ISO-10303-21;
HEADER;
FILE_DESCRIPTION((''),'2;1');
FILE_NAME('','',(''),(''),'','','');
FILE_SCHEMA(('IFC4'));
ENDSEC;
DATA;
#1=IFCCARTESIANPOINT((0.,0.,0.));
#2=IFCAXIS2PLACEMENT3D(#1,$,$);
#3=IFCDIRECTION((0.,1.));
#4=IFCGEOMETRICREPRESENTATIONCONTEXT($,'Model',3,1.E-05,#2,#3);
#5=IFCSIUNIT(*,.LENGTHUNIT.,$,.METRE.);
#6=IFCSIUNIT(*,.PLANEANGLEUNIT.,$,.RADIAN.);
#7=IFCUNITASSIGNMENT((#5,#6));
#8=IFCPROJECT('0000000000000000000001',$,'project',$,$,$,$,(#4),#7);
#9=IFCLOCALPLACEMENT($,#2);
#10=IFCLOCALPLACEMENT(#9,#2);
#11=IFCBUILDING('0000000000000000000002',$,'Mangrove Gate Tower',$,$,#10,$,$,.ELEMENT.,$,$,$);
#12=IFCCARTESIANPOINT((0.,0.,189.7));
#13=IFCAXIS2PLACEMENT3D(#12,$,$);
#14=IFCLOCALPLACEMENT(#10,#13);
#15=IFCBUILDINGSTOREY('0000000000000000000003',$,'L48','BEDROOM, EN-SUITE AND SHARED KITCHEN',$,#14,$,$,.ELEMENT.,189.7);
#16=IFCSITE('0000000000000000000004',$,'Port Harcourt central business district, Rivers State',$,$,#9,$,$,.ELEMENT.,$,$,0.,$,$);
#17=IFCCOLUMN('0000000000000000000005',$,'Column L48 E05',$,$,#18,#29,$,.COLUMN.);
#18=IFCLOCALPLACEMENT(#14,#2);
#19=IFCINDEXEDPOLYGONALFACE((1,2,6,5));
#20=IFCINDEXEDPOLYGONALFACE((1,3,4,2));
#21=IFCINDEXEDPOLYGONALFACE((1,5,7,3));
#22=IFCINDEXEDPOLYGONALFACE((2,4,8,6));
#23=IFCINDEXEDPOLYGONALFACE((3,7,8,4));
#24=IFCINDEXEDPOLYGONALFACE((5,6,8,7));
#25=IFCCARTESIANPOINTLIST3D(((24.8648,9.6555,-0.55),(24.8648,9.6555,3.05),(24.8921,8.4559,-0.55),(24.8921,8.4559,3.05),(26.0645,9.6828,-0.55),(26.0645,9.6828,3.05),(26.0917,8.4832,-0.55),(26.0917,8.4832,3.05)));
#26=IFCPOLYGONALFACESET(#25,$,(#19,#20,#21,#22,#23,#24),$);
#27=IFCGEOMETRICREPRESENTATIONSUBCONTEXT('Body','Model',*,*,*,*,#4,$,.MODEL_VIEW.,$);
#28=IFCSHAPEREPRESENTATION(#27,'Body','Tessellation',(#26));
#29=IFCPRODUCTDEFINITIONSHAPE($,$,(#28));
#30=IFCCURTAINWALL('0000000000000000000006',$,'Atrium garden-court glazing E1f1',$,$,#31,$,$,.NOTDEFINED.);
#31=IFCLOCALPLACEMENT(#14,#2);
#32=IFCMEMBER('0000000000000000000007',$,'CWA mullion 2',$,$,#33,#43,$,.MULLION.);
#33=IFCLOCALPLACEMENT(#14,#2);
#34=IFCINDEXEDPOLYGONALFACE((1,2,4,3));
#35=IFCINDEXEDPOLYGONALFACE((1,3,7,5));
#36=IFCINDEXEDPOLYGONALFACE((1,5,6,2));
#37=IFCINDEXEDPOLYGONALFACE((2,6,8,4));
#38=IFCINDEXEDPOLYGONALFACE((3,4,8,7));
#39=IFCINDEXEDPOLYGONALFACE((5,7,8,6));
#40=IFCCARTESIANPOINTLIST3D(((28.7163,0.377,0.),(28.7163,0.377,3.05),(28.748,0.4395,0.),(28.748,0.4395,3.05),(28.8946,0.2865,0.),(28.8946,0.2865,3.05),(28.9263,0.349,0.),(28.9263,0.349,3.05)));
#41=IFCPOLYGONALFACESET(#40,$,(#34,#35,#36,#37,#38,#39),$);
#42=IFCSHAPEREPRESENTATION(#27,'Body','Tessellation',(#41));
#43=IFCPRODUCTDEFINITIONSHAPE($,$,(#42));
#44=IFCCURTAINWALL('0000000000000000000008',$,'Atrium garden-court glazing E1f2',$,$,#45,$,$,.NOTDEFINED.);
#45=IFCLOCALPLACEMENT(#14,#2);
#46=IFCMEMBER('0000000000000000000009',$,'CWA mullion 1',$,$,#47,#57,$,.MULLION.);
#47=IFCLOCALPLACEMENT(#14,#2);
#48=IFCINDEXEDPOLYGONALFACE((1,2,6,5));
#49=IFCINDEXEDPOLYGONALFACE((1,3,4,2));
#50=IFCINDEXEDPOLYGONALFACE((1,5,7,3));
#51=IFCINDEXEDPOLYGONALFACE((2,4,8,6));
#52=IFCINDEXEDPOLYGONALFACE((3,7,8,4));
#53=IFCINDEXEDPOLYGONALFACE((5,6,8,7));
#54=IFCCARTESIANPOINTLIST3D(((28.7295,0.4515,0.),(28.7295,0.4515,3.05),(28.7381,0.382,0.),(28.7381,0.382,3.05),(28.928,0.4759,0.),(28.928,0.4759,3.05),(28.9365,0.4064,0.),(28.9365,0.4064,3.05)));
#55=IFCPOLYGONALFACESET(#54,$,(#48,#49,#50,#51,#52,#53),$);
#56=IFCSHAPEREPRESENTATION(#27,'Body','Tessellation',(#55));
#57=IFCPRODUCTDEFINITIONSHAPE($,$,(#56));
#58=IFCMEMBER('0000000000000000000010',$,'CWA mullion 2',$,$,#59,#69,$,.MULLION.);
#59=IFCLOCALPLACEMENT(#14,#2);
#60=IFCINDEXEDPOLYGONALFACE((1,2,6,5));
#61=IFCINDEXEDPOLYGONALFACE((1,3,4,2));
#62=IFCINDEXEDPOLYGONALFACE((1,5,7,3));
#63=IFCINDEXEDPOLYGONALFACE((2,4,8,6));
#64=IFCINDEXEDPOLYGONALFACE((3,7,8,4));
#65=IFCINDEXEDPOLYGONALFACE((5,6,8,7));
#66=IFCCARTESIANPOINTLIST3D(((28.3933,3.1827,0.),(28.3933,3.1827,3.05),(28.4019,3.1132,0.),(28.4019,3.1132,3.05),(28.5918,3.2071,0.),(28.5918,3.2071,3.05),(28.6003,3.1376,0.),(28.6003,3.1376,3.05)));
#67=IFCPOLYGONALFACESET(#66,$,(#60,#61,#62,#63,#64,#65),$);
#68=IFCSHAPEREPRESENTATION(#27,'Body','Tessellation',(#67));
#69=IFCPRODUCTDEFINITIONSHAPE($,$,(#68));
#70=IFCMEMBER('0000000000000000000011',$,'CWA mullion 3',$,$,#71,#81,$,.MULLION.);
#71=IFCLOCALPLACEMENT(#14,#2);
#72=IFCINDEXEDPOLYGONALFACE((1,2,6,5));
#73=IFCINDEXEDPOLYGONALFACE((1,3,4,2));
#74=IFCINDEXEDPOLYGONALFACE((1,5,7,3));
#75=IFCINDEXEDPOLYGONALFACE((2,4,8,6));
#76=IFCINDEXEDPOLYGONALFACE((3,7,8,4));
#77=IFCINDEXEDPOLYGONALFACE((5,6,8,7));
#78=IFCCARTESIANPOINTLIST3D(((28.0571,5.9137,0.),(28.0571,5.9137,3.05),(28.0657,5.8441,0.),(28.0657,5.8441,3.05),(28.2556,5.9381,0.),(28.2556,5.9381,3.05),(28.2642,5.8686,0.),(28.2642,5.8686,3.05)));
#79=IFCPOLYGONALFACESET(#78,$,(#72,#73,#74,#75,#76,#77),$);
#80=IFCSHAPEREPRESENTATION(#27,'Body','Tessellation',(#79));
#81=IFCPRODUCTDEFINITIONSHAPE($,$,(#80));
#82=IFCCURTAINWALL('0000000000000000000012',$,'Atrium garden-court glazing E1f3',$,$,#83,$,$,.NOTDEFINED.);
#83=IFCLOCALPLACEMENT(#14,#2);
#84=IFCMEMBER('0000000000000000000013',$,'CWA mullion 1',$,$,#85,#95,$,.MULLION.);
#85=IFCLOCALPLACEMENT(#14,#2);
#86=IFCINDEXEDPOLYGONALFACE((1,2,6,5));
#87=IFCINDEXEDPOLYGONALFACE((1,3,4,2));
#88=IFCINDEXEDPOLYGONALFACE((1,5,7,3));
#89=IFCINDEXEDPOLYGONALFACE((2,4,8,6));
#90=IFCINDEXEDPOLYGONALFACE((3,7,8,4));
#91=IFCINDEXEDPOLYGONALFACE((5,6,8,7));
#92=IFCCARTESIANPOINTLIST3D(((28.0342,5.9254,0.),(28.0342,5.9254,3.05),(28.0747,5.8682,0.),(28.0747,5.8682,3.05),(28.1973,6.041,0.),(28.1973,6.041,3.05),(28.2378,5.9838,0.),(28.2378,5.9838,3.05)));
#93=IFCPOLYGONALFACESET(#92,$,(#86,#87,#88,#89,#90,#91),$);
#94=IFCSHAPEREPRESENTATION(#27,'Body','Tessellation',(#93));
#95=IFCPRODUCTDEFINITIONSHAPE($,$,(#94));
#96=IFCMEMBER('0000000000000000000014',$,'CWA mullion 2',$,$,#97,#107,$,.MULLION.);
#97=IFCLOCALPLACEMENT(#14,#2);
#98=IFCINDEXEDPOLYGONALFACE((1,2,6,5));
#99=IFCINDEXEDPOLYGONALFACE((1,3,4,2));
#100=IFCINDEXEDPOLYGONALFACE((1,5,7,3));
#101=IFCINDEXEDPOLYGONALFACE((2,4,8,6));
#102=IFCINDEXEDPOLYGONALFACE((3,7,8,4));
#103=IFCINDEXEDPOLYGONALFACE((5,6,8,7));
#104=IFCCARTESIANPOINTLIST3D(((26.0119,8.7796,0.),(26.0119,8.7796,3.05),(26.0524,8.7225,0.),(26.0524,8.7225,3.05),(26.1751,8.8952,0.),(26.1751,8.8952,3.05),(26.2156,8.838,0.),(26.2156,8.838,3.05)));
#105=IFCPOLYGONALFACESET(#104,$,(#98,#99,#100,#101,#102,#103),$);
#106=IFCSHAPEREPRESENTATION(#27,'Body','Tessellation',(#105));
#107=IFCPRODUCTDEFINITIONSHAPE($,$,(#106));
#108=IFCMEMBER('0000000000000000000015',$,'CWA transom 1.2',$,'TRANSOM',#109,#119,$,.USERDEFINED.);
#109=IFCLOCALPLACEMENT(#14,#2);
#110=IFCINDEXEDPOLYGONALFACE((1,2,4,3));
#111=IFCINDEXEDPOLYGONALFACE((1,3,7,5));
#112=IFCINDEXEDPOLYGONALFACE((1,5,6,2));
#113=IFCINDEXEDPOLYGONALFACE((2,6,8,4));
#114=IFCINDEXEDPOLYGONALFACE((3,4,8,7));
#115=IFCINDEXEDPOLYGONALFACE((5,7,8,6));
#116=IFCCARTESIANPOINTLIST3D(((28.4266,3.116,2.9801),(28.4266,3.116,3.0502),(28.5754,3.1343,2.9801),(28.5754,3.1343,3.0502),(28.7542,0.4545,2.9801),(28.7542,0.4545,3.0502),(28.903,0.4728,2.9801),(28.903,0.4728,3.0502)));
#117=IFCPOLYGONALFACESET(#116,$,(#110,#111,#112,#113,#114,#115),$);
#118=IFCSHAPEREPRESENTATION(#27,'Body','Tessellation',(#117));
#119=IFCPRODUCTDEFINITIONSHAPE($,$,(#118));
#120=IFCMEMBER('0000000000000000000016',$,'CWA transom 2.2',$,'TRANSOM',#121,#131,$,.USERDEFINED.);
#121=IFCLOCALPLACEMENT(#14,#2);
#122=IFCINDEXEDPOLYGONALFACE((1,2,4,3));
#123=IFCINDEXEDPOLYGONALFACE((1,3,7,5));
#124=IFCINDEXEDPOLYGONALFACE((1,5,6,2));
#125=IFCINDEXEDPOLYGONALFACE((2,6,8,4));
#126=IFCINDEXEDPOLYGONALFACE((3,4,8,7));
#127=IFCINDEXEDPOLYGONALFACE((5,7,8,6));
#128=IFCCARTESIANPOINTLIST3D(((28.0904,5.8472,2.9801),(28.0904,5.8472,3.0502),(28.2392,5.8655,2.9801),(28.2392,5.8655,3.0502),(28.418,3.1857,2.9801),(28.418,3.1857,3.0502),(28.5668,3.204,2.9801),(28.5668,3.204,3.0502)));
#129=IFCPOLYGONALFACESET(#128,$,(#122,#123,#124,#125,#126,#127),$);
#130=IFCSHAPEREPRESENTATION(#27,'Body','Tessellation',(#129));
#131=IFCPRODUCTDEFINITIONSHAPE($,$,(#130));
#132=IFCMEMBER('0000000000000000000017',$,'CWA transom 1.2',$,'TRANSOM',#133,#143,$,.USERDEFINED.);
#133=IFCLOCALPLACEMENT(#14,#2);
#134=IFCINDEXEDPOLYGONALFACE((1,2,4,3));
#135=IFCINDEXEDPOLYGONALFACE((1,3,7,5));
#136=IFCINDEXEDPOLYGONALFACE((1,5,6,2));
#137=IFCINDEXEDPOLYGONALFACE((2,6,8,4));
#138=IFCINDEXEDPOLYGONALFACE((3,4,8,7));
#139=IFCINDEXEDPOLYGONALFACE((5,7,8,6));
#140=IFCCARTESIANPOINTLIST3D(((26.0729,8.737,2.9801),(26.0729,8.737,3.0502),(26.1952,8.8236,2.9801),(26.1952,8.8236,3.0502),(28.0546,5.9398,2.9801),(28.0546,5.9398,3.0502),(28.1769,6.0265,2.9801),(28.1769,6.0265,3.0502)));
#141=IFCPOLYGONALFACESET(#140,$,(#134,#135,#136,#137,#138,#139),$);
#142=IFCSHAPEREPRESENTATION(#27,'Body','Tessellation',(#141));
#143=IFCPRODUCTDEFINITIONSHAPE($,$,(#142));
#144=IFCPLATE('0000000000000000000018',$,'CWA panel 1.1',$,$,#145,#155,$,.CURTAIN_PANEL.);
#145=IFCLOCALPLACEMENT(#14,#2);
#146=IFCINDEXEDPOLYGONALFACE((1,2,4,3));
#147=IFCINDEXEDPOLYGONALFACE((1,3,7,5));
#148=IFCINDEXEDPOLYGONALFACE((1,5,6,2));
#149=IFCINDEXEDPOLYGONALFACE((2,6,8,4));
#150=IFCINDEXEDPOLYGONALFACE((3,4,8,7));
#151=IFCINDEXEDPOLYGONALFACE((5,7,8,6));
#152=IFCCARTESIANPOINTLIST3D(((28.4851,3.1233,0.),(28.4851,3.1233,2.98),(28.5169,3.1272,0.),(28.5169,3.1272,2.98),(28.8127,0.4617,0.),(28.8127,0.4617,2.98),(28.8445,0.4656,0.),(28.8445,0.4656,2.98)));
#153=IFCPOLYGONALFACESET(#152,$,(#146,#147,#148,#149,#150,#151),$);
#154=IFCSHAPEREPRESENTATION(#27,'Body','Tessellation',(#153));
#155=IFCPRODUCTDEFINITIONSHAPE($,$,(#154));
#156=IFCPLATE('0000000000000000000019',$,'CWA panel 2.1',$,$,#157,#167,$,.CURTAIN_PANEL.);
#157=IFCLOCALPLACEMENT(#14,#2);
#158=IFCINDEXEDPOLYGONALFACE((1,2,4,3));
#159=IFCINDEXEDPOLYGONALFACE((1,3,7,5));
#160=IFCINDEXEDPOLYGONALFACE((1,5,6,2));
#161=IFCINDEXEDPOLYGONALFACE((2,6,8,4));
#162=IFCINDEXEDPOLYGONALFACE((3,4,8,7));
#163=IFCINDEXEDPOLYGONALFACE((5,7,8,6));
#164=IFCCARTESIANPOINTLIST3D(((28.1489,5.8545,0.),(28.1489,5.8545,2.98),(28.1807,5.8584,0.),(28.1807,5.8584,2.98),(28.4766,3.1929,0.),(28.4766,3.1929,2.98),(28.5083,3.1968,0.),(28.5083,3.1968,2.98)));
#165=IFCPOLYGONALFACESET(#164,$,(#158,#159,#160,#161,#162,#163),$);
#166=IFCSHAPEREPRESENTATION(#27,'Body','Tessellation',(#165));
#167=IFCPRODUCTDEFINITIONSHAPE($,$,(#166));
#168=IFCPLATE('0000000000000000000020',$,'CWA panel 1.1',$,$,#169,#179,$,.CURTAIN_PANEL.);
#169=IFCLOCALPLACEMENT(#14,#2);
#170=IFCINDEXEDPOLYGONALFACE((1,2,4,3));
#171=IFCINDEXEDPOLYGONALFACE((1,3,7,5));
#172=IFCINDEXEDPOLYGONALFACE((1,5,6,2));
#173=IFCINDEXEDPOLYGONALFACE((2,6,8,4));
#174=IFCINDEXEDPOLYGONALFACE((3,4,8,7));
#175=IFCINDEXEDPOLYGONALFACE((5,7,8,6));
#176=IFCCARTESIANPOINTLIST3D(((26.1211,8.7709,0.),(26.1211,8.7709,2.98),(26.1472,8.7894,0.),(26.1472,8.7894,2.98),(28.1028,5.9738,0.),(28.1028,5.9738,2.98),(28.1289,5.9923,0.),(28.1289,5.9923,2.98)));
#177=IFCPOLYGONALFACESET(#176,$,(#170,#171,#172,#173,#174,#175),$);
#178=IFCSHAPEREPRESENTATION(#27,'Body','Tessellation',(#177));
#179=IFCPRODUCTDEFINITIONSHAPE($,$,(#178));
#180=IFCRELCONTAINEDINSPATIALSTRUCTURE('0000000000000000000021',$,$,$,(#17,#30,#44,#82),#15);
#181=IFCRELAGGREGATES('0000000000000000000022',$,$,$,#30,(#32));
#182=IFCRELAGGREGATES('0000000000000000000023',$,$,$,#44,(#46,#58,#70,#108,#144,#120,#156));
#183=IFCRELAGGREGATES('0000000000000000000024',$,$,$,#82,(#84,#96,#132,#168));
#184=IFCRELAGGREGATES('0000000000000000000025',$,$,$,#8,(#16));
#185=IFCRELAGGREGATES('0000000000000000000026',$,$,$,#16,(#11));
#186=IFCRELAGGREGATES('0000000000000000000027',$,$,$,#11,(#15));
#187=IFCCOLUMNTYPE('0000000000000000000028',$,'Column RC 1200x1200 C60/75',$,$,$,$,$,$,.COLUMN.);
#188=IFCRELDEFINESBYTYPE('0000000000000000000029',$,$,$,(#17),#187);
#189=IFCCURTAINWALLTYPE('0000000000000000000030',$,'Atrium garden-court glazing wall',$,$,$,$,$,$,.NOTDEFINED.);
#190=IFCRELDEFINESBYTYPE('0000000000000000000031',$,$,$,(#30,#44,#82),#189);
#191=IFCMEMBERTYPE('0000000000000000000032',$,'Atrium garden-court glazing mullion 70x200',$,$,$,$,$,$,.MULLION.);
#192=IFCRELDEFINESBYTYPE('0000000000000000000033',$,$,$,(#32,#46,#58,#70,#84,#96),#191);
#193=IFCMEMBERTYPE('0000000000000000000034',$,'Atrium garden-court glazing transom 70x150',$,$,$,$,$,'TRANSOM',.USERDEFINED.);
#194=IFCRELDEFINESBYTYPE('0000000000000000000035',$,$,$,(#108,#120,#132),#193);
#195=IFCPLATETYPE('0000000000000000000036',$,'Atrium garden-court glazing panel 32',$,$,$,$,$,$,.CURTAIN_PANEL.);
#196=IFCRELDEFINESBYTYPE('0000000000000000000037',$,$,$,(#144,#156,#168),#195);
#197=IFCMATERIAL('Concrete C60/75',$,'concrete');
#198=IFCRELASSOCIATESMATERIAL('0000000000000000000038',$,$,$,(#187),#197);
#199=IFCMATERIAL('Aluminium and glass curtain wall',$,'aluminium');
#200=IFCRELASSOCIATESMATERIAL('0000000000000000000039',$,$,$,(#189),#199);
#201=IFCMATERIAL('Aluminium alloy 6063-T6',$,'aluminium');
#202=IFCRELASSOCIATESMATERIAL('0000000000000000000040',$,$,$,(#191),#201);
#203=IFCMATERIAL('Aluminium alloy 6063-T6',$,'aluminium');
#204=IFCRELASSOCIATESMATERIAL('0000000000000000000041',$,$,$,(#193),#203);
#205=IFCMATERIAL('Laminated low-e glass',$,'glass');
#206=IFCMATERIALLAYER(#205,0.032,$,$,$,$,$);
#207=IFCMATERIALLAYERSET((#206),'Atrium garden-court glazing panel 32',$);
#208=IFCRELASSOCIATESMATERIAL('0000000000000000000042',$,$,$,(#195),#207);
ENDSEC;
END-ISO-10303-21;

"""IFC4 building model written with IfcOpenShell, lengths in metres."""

from ifc_helpers import new_model, si_unit, direction, frame, origin, origin_2d, place, context, subcontext, project, spatial, rectangle, extrude, material, layer, layer_set, material_profile, profile_set, type_object, element, aggregate, save


model = new_model("IFC4")

# Units and contexts
model_context = context("Model", 3, precision=1e-05, world=origin(), true_north=direction((0.0, 1.0)))
body_context = subcontext(model_context, "Body", "Model", "MODEL_VIEW")
ifc_project = project(units=[si_unit("LENGTHUNIT", "METRE"), si_unit("PLANEANGLEUNIT", "RADIAN")], contexts=[model_context])

# Site, building, storey
site_placement = place(None, origin())
site = spatial("IfcSite", under=ifc_project, at=site_placement, Name="Port Harcourt central business district, Rivers State", CompositionType="ELEMENT", RefElevation=0.0)
building_placement = place(site_placement, origin())
building = spatial("IfcBuilding", under=site, at=building_placement, Name="Mangrove Gate Tower", CompositionType="ELEMENT")
storey_placement = place(building_placement, frame((0.0, 0.0, 189.7)))
storey = spatial("IfcBuildingStorey", under=building, at=storey_placement, Name="L48", Description="BEDROOM, EN-SUITE AND SHARED KITCHEN", CompositionType="ELEMENT", Elevation=189.7)

# Column
ifc_material_1 = material(Name="Concrete C60/75", Category="concrete")
ifc_material_profile_1 = material_profile(ifc_material_1, rectangle(XDim=1.2, YDim=1.2, at=origin_2d()))
ifc_profile_set_1 = profile_set([ifc_material_profile_1], Name="Concrete C60/75")
column_type = type_object("IfcColumnType", Name="Column RC 1200x1200 C60/75", PredefinedType="COLUMN", material=ifc_profile_set_1)
column_placement = place(storey_placement, frame((25.4783, 9.0693, -0.55), z_axis=(0.0, 0.0, 1.0), x_axis=(-0.022731, 0.999742, 0.0)))
element("IfcColumn", 1, at=column_placement, inside=storey, type_object=column_type, Name="Column L48 E05", PredefinedType="COLUMN", context=body_context, shape_type="SweptSolid", body=[
    extrude(rectangle(XDim=1.2, YDim=1.2, at=origin_2d()), origin(), (0.0, 0.0, 1.0), 3.6001),
])

# Curtain wall, member
ifc_material_2 = material(Name="Aluminium and glass curtain wall", Category="aluminium")
curtain_wall_type = type_object("IfcCurtainWallType", Name="Atrium garden-court glazing wall", PredefinedType="NOTDEFINED", material=ifc_material_2)
curtain_wall_1_placement = place(storey_placement, origin())
curtain_wall_1 = element("IfcCurtainWall", 2, at=curtain_wall_1_placement, inside=storey, type_object=curtain_wall_type, Name="Atrium garden-court glazing E1f1", PredefinedType="NOTDEFINED")
ifc_material_3 = material(Name="Aluminium alloy 6063-T6", Category="aluminium")
ifc_material_profile_2 = material_profile(ifc_material_3, rectangle(XDim=0.0701, YDim=0.2, at=origin_2d()))
ifc_profile_set_2 = profile_set([ifc_material_profile_2], Name="Aluminium alloy 6063-T6")
member_type_1 = type_object("IfcMemberType", Name="Atrium garden-court glazing mullion 70x200", PredefinedType="MULLION", material=ifc_profile_set_2)
member_1_placement = place(storey_placement, frame((28.8213, 0.363, 0.0), z_axis=(0.0, 0.0, 1.0), x_axis=(0.452578, 0.891725, 0.0)))
member_1 = element("IfcMember", 3, at=member_1_placement, type_object=member_type_1, Name="CWA mullion 2", PredefinedType="MULLION", context=body_context, shape_type="SweptSolid", body=[
    extrude(rectangle(XDim=0.0701, YDim=0.2, at=origin_2d()), origin(), (0.0, 0.0, 1.0), 3.05),
])
aggregate(curtain_wall_1, [member_1])

# Curtain walls, members
curtain_wall_2_placement = place(storey_placement, origin())
curtain_wall_2 = element("IfcCurtainWall", 4, at=curtain_wall_2_placement, inside=storey, type_object=curtain_wall_type, Name="Atrium garden-court glazing E1f2", PredefinedType="NOTDEFINED")
member_2_placement = place(storey_placement, frame((28.833, 0.429, 0.0), z_axis=(0.0, 0.0, 1.0), x_axis=(-0.122172, 0.992509, 0.0)))
member_2 = element("IfcMember", 5, at=member_2_placement, type_object=member_type_1, Name="CWA mullion 1", PredefinedType="MULLION", context=body_context, shape_type="SweptSolid", body=[
    extrude(rectangle(XDim=0.0701, YDim=0.2, at=origin_2d()), origin(), (0.0, 0.0, 1.0), 3.05),
])
member_3_placement = place(storey_placement, frame((28.4968, 3.1602, 0.0), z_axis=(0.0, 0.0, 1.0), x_axis=(-0.122172, 0.992509, 0.0)))
member_3 = element("IfcMember", 6, at=member_3_placement, type_object=member_type_1, Name="CWA mullion 2", PredefinedType="MULLION", context=body_context, shape_type="SweptSolid", body=[
    extrude(rectangle(XDim=0.0701, YDim=0.2, at=origin_2d()), origin(), (0.0, 0.0, 1.0), 3.05),
])
member_4_placement = place(storey_placement, frame((28.1606, 5.8911, 0.0), z_axis=(0.0, 0.0, 1.0), x_axis=(-0.122172, 0.992509, 0.0)))
member_4 = element("IfcMember", 7, at=member_4_placement, type_object=member_type_1, Name="CWA mullion 3", PredefinedType="MULLION", context=body_context, shape_type="SweptSolid", body=[
    extrude(rectangle(XDim=0.0701, YDim=0.2, at=origin_2d()), origin(), (0.0, 0.0, 1.0), 3.05),
])
curtain_wall_3_placement = place(storey_placement, origin())
curtain_wall_3 = element("IfcCurtainWall", 8, at=curtain_wall_3_placement, inside=storey, type_object=curtain_wall_type, Name="Atrium garden-court glazing E1f3", PredefinedType="NOTDEFINED")
member_5_placement = place(storey_placement, frame((28.136, 5.9546, 0.0), z_axis=(0.0, 0.0, 1.0), x_axis=(-0.578106, 0.815961, 0.0)))
member_5 = element("IfcMember", 9, at=member_5_placement, type_object=member_type_1, Name="CWA mullion 1", PredefinedType="MULLION", context=body_context, shape_type="SweptSolid", body=[
    extrude(rectangle(XDim=0.0701, YDim=0.2, at=origin_2d()), origin(), (0.0, 0.0, 1.0), 3.05),
])
member_6_placement = place(storey_placement, frame((26.1138, 8.8088, 0.0), z_axis=(0.0, 0.0, 1.0), x_axis=(-0.578106, 0.815961, 0.0)))
member_6 = element("IfcMember", 10, at=member_6_placement, type_object=member_type_1, Name="CWA mullion 2", PredefinedType="MULLION", context=body_context, shape_type="SweptSolid", body=[
    extrude(rectangle(XDim=0.0701, YDim=0.2, at=origin_2d()), origin(), (0.0, 0.0, 1.0), 3.05),
])

# Members
ifc_material_4 = material(Name="Aluminium alloy 6063-T6", Category="aluminium")
ifc_material_profile_3 = material_profile(ifc_material_4, rectangle(XDim=0.0701, YDim=0.1499, at=origin_2d()))
ifc_profile_set_3 = profile_set([ifc_material_profile_3], Name="Aluminium alloy 6063-T6")
member_type_2 = type_object("IfcMemberType", Name="Atrium garden-court glazing transom 70x150", ElementType="TRANSOM", PredefinedType="USERDEFINED", material=ifc_profile_set_3)
member_7_placement = place(storey_placement, frame((28.8286, 0.4636, 3.0151), z_axis=(-0.122175, 0.992509, 0.0), x_axis=(0.0, 0.0, 1.0)))
member_7 = element("IfcMember", 11, at=member_7_placement, type_object=member_type_2, Name="CWA transom 1.2", ObjectType="TRANSOM", PredefinedType="USERDEFINED", context=body_context, shape_type="SweptSolid", body=[
    extrude(rectangle(XDim=0.0701, YDim=0.1499, at=origin_2d()), origin(), (0.0, 0.0, 1.0), 2.6816),
])
member_8_placement = place(storey_placement, frame((28.4924, 3.1948, 3.0151), z_axis=(-0.122175, 0.992509, 0.0), x_axis=(0.0, 0.0, 1.0)))
member_8 = element("IfcMember", 12, at=member_8_placement, type_object=member_type_2, Name="CWA transom 2.2", ObjectType="TRANSOM", PredefinedType="USERDEFINED", context=body_context, shape_type="SweptSolid", body=[
    extrude(rectangle(XDim=0.0701, YDim=0.1499, at=origin_2d()), origin(), (0.0, 0.0, 1.0), 2.6816),
])
member_9_placement = place(storey_placement, frame((28.1157, 5.9832, 3.0151), z_axis=(-0.578094, 0.81597, 0.0), x_axis=(0.0, 0.0, 1.0)))
member_9 = element("IfcMember", 13, at=member_9_placement, type_object=member_type_2, Name="CWA transom 1.2", ObjectType="TRANSOM", PredefinedType="USERDEFINED", context=body_context, shape_type="SweptSolid", body=[
    extrude(rectangle(XDim=0.0701, YDim=0.1499, at=origin_2d()), origin(), (0.0, 0.0, 1.0), 3.428),
])

# Plates
ifc_material_5 = material(Name="Laminated low-e glass", Category="glass")
ifc_layer_1 = layer(ifc_material_5, 0.032)
ifc_layer_set_1 = layer_set([ifc_layer_1], Name="Atrium garden-court glazing panel 32")
plate_type = type_object("IfcPlateType", Name="Atrium garden-court glazing panel 32", PredefinedType="CURTAIN_PANEL", material=ifc_layer_set_1)
plate_1_placement = place(storey_placement, frame((28.6648, 1.7944, 0.0), z_axis=(0.0, 0.0, 1.0), x_axis=(-0.122172, 0.992509, 0.0)))
plate_1 = element("IfcPlate", 14, at=plate_1_placement, type_object=plate_type, Name="CWA panel 1.1", PredefinedType="CURTAIN_PANEL", context=body_context, shape_type="SweptSolid", body=[
    extrude(rectangle(XDim=2.6816, YDim=0.032, at=origin_2d()), origin(), (0.0, 0.0, 1.0), 2.98),
])
plate_2_placement = place(storey_placement, frame((28.3286, 4.5256, 0.0), z_axis=(0.0, 0.0, 1.0), x_axis=(-0.122172, 0.992509, 0.0)))
plate_2 = element("IfcPlate", 15, at=plate_2_placement, type_object=plate_type, Name="CWA panel 2.1", PredefinedType="CURTAIN_PANEL", context=body_context, shape_type="SweptSolid", body=[
    extrude(rectangle(XDim=2.6816, YDim=0.032, at=origin_2d()), origin(), (0.0, 0.0, 1.0), 2.98),
])
aggregate(curtain_wall_2, [member_2, member_3, member_4, member_7, plate_1, member_8, plate_2])
plate_3_placement = place(storey_placement, frame((27.125, 7.3816, 0.0), z_axis=(0.0, 0.0, 1.0), x_axis=(-0.578106, 0.815961, 0.0)))
plate_3 = element("IfcPlate", 16, at=plate_3_placement, type_object=plate_type, Name="CWA panel 1.1", PredefinedType="CURTAIN_PANEL", context=body_context, shape_type="SweptSolid", body=[
    extrude(rectangle(XDim=3.428, YDim=0.032, at=origin_2d()), origin(), (0.0, 0.0, 1.0), 2.98),
])
aggregate(curtain_wall_3, [member_5, member_6, member_9, plate_3])

save(model, "model.ifc")
